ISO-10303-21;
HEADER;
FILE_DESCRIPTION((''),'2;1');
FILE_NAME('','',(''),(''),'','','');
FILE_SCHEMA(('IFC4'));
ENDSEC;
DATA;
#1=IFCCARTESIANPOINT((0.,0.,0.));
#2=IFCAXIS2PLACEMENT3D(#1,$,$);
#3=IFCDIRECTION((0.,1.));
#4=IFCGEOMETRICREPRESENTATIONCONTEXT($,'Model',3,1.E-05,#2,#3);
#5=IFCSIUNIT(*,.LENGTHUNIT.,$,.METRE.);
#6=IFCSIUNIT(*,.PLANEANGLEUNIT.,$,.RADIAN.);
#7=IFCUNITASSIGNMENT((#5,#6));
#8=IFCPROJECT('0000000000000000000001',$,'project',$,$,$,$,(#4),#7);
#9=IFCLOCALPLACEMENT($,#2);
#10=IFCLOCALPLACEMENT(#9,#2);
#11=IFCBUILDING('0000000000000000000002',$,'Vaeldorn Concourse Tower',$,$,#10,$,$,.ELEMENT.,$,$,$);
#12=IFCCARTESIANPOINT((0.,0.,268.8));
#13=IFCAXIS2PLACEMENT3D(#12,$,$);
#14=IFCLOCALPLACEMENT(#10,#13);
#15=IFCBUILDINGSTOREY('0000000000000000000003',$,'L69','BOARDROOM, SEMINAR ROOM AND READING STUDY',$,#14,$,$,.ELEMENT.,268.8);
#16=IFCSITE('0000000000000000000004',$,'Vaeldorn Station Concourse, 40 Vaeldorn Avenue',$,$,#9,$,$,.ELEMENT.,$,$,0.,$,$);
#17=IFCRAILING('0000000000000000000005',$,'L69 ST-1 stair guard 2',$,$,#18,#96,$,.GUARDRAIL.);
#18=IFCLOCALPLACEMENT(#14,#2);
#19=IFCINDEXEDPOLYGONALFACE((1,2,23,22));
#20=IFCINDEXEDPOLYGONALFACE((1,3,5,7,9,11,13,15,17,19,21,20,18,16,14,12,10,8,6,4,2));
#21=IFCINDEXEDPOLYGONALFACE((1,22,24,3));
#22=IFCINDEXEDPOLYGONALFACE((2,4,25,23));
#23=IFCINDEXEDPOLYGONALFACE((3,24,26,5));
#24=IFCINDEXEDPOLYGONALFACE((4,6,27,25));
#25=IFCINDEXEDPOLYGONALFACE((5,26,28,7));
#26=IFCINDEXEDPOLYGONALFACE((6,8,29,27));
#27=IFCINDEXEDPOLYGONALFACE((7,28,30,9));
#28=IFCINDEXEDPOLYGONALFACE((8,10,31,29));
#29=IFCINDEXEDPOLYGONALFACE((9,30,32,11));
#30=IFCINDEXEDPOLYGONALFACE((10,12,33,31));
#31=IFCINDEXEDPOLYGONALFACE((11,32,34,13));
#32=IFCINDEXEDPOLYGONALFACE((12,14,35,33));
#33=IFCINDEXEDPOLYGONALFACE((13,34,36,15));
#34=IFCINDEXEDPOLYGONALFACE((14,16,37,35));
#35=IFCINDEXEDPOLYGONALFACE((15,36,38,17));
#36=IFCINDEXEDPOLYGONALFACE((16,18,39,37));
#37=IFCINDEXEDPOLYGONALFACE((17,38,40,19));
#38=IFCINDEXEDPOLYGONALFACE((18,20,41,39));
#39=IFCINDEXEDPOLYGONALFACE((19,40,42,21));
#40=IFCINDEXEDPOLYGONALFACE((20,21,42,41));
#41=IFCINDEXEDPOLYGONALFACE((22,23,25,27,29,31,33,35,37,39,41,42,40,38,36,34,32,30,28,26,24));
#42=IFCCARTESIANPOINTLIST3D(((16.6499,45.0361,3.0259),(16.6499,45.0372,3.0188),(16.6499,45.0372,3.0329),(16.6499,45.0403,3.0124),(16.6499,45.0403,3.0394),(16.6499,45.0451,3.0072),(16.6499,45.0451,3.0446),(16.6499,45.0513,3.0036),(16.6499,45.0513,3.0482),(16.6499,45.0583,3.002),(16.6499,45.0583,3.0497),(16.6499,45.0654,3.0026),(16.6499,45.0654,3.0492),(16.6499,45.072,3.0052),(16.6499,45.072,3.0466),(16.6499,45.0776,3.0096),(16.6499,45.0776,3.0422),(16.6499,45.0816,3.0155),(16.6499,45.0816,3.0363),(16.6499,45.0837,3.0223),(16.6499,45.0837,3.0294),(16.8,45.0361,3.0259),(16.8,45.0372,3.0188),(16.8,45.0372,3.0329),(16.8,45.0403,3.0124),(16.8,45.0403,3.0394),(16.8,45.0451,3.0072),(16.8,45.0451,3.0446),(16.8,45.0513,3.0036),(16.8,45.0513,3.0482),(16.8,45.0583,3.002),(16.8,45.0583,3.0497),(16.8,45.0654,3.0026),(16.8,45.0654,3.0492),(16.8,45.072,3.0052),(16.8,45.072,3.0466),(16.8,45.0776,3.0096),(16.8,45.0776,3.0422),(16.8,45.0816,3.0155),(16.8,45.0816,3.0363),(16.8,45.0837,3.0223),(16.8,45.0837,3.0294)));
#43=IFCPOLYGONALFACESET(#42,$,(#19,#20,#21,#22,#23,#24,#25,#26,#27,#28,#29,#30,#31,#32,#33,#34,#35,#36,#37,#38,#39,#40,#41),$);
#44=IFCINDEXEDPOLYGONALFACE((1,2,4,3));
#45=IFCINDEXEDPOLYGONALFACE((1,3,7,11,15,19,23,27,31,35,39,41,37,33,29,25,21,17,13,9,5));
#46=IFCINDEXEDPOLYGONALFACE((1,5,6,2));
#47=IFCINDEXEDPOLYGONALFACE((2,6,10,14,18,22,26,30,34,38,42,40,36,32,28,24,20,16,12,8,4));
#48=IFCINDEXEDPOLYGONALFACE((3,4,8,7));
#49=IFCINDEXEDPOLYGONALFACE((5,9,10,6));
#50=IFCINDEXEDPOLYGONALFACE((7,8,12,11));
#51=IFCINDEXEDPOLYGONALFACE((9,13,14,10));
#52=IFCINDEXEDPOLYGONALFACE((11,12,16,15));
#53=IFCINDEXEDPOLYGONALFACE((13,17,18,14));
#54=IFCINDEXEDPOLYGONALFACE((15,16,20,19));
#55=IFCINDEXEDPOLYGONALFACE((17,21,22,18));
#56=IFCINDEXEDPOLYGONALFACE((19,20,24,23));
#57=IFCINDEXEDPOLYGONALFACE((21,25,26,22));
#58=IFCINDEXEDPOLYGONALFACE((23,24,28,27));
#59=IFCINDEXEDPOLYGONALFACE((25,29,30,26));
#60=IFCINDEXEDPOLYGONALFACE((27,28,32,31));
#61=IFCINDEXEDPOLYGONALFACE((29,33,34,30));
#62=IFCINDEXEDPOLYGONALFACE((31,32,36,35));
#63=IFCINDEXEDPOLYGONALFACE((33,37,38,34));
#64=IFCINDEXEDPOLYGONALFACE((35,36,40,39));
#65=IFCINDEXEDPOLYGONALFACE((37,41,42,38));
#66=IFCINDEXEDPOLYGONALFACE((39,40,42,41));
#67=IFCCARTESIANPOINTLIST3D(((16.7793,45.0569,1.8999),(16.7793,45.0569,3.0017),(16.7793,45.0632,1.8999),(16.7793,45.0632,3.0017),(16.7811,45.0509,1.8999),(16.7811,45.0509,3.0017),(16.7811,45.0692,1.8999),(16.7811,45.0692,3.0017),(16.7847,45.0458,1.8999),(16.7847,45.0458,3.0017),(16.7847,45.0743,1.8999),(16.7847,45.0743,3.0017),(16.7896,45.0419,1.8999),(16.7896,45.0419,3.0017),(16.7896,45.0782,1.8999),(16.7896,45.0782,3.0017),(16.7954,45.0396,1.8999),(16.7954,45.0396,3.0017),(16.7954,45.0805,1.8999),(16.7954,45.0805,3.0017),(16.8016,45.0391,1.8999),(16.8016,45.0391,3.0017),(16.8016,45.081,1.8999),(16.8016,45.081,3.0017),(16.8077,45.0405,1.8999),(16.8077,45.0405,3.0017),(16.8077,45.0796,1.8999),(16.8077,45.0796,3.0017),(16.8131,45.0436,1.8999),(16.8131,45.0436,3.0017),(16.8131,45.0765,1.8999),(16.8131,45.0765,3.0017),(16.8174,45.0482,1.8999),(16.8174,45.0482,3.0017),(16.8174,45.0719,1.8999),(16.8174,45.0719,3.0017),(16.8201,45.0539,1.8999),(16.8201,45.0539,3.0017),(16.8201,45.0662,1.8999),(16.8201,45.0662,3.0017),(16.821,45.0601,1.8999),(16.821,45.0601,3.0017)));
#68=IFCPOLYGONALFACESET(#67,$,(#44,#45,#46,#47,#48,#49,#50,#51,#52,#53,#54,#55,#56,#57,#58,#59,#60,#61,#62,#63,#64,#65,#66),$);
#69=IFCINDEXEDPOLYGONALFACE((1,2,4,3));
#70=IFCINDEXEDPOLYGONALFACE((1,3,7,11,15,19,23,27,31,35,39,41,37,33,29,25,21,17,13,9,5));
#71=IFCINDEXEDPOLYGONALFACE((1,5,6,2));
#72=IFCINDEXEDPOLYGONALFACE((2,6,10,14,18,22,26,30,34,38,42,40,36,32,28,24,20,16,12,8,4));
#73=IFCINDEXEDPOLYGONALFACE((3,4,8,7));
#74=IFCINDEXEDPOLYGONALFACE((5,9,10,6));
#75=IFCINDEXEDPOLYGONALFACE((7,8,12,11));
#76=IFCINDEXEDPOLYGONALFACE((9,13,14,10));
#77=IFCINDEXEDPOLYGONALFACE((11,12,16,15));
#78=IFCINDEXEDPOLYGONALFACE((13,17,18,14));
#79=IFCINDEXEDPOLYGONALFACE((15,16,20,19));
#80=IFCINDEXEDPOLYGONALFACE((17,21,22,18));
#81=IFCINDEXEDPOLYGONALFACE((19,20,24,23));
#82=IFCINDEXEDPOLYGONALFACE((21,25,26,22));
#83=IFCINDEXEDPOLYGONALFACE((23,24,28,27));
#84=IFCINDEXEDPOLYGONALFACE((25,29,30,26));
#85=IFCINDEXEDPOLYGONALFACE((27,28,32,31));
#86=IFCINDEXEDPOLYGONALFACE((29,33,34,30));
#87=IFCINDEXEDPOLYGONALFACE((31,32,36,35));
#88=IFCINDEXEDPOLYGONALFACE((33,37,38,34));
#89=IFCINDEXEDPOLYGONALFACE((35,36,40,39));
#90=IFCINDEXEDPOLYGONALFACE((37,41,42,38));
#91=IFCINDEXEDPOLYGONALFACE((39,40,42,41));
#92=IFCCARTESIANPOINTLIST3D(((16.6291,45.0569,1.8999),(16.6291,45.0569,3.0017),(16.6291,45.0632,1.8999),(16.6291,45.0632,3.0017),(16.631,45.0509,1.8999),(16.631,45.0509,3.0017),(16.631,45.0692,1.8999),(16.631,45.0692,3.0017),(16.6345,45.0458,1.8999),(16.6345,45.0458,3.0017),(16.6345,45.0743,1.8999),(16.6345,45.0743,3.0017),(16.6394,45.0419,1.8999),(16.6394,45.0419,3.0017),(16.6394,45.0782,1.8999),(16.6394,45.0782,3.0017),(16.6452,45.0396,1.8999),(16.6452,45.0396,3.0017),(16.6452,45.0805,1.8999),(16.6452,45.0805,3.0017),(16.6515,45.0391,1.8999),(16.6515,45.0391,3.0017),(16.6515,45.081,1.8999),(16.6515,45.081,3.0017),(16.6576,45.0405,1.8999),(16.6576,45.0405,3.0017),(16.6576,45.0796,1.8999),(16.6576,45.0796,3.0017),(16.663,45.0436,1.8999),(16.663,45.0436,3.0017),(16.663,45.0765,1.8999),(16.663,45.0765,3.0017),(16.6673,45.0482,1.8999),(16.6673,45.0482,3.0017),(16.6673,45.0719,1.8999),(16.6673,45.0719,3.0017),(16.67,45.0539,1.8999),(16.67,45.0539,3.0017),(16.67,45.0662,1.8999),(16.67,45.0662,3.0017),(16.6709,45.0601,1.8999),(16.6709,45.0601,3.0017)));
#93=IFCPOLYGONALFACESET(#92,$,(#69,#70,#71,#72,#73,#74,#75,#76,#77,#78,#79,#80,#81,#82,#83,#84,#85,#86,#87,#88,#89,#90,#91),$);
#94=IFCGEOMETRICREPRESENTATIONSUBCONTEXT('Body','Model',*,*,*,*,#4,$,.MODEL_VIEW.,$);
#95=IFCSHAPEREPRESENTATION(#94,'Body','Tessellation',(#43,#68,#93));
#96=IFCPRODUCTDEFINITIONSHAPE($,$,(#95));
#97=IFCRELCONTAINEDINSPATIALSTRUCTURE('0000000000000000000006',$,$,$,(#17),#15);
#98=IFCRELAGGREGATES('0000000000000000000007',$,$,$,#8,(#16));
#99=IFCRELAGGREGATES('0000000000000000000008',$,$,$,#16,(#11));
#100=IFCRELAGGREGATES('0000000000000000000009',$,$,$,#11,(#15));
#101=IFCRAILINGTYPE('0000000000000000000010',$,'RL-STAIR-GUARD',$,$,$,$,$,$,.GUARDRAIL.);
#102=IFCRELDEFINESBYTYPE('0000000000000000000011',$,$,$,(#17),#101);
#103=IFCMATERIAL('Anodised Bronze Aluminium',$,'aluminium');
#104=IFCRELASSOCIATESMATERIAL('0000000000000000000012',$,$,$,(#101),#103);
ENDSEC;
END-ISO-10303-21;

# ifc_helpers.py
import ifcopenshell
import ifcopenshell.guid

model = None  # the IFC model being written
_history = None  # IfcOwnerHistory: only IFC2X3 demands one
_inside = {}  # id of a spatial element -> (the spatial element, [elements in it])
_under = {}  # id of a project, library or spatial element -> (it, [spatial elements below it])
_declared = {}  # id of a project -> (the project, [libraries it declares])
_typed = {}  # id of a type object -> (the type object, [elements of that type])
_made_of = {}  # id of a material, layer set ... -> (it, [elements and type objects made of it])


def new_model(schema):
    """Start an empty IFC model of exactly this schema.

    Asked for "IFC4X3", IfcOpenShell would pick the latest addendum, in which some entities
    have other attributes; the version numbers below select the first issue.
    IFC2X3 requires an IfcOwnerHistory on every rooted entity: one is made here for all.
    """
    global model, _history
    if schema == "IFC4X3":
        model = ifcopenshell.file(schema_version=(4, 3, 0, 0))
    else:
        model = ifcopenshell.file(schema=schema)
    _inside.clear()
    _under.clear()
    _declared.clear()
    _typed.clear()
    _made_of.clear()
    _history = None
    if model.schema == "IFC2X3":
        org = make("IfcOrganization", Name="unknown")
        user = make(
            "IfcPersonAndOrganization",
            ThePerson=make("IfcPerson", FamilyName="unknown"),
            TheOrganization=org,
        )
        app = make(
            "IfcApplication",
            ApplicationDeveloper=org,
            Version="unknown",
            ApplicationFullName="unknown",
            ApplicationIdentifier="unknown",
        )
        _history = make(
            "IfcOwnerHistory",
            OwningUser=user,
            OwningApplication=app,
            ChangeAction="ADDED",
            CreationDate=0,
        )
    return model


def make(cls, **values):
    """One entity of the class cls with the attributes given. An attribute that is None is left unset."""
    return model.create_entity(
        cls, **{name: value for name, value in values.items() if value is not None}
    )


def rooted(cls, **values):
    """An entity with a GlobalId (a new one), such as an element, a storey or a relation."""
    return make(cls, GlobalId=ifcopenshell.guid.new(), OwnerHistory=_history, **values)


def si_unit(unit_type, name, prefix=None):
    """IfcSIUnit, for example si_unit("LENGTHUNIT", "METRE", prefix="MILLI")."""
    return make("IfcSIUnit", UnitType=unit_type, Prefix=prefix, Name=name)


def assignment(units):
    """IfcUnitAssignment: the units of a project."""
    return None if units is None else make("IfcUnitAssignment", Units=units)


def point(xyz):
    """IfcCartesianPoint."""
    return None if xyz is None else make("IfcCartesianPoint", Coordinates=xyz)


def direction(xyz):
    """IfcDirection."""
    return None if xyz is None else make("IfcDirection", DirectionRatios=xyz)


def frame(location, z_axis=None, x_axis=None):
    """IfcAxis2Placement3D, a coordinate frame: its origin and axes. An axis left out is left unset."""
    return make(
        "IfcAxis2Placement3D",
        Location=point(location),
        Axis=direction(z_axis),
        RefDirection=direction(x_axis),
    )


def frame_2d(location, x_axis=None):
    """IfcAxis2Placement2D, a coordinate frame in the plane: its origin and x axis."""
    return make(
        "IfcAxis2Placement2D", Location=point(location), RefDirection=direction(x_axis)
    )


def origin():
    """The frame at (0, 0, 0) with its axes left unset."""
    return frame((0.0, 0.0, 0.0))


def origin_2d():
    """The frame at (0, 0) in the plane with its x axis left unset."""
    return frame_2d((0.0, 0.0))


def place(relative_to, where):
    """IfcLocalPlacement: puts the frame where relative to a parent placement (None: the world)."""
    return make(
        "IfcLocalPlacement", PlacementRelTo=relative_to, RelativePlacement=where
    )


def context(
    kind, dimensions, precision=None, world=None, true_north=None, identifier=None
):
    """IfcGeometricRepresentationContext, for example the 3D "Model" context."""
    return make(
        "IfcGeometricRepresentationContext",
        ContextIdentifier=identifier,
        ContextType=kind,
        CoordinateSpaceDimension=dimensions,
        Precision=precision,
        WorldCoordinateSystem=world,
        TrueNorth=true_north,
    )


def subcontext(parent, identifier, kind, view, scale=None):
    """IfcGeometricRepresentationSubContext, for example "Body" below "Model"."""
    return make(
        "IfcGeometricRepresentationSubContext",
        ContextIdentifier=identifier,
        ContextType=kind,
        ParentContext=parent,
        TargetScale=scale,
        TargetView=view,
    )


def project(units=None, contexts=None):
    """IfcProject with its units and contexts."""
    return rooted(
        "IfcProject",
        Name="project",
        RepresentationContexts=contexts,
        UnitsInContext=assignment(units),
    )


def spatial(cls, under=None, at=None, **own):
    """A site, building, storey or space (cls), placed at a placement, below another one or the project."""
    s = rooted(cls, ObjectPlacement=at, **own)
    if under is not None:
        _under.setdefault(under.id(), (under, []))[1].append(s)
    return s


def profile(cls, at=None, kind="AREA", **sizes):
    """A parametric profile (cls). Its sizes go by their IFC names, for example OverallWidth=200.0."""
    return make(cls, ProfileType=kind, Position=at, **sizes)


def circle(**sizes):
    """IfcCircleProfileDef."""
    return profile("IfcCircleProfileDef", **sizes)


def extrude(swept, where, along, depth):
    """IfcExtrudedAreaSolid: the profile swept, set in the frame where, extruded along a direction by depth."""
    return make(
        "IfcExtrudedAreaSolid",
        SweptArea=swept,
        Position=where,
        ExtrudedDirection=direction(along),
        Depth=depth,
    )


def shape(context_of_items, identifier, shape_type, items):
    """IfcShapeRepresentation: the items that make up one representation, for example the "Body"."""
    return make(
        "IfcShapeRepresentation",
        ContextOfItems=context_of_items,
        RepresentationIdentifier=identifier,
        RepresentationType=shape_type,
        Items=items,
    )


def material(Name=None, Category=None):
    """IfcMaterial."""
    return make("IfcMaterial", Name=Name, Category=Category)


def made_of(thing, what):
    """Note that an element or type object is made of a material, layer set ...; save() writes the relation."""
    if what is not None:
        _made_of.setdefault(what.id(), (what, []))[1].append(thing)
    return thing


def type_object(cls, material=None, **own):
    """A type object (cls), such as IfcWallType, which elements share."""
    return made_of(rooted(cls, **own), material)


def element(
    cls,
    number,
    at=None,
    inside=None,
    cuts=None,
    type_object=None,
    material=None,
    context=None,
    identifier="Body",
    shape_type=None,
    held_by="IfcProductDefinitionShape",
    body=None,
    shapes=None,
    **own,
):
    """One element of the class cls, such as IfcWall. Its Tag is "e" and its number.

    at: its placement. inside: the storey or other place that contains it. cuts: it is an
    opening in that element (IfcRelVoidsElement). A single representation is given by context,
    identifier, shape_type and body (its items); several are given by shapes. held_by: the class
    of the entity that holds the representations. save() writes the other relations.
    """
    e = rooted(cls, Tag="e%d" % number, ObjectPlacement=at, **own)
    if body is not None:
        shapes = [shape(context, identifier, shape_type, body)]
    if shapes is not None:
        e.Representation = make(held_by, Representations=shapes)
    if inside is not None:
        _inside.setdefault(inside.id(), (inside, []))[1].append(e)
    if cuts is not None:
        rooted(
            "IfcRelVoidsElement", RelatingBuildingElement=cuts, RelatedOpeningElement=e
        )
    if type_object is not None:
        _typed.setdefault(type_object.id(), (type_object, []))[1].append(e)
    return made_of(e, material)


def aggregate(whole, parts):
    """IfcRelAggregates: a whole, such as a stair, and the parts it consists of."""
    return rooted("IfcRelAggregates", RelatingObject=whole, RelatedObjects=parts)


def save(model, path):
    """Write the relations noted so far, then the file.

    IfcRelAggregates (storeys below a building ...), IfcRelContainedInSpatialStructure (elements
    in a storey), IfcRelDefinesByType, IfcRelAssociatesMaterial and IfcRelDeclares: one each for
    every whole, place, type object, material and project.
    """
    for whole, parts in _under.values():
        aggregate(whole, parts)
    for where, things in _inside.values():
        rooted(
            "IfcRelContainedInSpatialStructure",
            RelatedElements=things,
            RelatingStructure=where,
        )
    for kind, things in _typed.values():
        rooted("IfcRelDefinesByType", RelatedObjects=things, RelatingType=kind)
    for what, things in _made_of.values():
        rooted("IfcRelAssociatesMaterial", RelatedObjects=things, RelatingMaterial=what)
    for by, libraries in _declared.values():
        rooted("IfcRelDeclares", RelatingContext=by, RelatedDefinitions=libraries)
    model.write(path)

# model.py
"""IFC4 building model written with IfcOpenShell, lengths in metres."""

from ifc_helpers import new_model, si_unit, direction, frame, origin, origin_2d, place, context, subcontext, project, spatial, circle, extrude, material, type_object, element, save


model = new_model("IFC4")

# Units and contexts
model_context = context("Model", 3, precision=1e-05, world=origin(), true_north=direction((0.0, 1.0)))
body_context = subcontext(model_context, "Body", "Model", "MODEL_VIEW")
ifc_project = project(units=[si_unit("LENGTHUNIT", "METRE"), si_unit("PLANEANGLEUNIT", "RADIAN")], contexts=[model_context])

# Site, building, storey
site_placement = place(None, origin())
site = spatial("IfcSite", under=ifc_project, at=site_placement, Name="Vaeldorn Station Concourse, 40 Vaeldorn Avenue", CompositionType="ELEMENT", RefElevation=0.0)
building_placement = place(site_placement, origin())
building = spatial("IfcBuilding", under=site, at=building_placement, Name="Vaeldorn Concourse Tower", CompositionType="ELEMENT")
storey_placement = place(building_placement, frame((0.0, 0.0, 268.8)))
storey = spatial("IfcBuildingStorey", under=building, at=storey_placement, Name="L69", Description="BOARDROOM, SEMINAR ROOM AND READING STUDY", CompositionType="ELEMENT", Elevation=268.8)

# Shared definitions
ifc_material_1 = material(Name="Anodised Bronze Aluminium", Category="aluminium")

# Railing
railing_type_1 = type_object("IfcRailingType", Name="RL-STAIR-GUARD", PredefinedType="GUARDRAIL", material=ifc_material_1)
railing_1_placement = place(storey_placement, frame((16.8, 45.0601, 1.8999)))
element("IfcRailing", 1, at=railing_1_placement, inside=storey, type_object=railing_type_1, Name="L69 ST-1 stair guard 2", PredefinedType="GUARDRAIL", context=body_context, shape_type="SweptSolid", body=[
    extrude(circle(Radius=0.0239, at=origin_2d()), frame((0.0, 0.0, 1.126), z_axis=(-1.0, 0.0, 0.0), x_axis=(0.0, -1.0, 0.0)), (0.0, 0.0, 1.0), 0.1501),
    extrude(circle(Radius=0.021, at=origin_2d()), origin(), (0.0, 0.0, 1.0), 1.1018),
    extrude(circle(Radius=0.021, at=origin_2d()), frame((-0.1501, 0.0, 0.0)), (0.0, 0.0, 1.0), 1.1018),
])

save(model, "model.ifc")
